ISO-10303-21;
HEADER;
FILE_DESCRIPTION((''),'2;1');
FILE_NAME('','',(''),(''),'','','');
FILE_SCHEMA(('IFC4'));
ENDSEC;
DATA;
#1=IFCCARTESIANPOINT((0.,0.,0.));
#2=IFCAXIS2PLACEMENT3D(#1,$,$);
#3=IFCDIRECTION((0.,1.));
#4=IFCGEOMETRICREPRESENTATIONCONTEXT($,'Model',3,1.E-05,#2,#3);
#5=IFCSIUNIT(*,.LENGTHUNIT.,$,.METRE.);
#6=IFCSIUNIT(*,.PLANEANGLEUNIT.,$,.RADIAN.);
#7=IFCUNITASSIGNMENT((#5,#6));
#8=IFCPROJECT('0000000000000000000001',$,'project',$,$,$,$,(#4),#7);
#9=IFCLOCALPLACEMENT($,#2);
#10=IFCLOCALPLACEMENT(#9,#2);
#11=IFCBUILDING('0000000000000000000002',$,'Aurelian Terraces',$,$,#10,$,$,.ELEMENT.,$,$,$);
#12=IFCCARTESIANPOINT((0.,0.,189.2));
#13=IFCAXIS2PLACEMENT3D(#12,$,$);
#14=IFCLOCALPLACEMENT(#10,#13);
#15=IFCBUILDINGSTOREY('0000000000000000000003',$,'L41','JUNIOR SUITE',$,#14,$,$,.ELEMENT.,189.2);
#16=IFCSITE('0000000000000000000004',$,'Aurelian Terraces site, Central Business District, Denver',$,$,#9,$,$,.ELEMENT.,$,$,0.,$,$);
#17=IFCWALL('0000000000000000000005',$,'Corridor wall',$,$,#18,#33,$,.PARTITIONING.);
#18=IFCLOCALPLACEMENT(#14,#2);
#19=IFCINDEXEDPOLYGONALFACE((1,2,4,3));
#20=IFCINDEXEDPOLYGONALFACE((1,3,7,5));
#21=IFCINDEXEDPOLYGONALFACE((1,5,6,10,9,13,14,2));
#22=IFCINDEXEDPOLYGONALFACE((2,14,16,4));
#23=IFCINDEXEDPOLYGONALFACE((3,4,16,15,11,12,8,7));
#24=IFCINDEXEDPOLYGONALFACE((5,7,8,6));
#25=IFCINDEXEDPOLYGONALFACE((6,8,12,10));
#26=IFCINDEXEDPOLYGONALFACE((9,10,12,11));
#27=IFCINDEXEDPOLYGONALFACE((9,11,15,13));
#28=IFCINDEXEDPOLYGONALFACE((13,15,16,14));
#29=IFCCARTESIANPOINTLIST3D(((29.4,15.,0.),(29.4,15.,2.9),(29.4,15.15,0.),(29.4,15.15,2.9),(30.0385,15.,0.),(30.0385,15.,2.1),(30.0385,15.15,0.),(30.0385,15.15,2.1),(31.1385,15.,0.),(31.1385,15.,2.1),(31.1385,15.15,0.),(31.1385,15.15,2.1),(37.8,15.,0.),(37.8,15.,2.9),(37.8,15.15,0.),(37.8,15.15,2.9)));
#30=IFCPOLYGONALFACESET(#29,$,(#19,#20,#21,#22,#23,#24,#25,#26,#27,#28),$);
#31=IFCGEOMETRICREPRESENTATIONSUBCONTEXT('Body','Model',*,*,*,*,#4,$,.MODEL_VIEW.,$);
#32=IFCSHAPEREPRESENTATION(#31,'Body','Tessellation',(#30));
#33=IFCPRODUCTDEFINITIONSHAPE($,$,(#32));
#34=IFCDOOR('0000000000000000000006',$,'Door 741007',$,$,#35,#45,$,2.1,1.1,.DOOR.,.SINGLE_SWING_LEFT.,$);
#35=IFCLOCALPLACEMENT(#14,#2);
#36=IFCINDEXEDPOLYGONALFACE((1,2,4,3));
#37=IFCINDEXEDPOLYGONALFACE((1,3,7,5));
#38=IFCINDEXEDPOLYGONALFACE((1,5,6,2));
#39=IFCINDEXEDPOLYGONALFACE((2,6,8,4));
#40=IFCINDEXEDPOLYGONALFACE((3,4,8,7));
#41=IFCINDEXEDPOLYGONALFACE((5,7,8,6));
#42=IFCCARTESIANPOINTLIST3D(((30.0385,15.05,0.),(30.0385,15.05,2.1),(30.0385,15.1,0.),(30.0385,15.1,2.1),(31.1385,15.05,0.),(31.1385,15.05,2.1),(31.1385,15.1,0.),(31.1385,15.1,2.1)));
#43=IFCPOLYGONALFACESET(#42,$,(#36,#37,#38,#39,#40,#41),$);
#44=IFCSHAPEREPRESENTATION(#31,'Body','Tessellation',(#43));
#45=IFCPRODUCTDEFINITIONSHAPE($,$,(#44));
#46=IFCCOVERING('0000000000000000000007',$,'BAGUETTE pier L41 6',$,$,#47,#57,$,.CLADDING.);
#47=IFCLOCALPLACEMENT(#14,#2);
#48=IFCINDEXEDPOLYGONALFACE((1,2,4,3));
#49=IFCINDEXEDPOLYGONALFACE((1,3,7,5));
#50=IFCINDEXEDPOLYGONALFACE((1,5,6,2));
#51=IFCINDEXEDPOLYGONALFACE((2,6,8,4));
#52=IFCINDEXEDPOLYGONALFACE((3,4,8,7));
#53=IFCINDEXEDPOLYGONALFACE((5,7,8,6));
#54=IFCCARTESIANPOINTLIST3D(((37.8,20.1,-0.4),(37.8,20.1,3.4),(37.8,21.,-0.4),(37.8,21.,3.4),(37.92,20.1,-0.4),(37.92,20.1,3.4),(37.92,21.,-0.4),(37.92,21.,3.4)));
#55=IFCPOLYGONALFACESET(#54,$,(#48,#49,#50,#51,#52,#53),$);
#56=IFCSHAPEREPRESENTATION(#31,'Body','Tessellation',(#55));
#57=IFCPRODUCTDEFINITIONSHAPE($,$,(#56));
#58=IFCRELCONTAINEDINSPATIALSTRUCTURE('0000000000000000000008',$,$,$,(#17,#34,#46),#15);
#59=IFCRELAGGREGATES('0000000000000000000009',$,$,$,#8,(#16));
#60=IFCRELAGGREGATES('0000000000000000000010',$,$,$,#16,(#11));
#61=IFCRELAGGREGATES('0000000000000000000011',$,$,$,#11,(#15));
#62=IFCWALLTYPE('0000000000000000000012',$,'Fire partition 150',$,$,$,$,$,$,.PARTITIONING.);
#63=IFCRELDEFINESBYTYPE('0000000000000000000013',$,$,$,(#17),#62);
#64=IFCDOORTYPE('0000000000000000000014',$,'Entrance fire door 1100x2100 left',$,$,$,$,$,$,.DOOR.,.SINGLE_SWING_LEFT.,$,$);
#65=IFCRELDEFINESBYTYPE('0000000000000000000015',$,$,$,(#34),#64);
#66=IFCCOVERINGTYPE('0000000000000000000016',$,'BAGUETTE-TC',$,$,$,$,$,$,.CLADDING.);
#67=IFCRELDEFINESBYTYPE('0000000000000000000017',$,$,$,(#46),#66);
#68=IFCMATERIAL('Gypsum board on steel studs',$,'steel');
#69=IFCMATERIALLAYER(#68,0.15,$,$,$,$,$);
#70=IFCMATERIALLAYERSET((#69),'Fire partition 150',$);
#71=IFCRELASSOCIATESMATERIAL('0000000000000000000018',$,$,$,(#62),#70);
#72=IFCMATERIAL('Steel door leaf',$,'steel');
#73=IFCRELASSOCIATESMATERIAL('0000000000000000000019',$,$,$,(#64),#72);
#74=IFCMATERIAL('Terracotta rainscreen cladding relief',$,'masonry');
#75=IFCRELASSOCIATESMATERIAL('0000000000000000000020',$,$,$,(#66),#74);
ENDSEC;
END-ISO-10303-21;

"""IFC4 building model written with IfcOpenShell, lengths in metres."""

from ifc_helpers import new_model, si_unit, direction, frame, frame_2d, origin, origin_2d, place, context, subcontext, project, spatial, rectangle, extrude, source, transform, mapped, material, layer, layer_set, type_object, element, fill, save


model = new_model("IFC4")

# Units and contexts
model_context = context("Model", 3, precision=1e-05, world=origin(), true_north=direction((0.0, 1.0)))
body_context = subcontext(model_context, "Body", "Model", "MODEL_VIEW")
ifc_project = project(units=[si_unit("LENGTHUNIT", "METRE"), si_unit("PLANEANGLEUNIT", "RADIAN")], contexts=[model_context])

# Site, building, storey
site_placement = place(None, origin())
site = spatial("IfcSite", under=ifc_project, at=site_placement, Name="Aurelian Terraces site, Central Business District, Denver", CompositionType="ELEMENT", RefElevation=0.0)
building_placement = place(site_placement, origin())
building = spatial("IfcBuilding", under=site, at=building_placement, Name="Aurelian Terraces", CompositionType="ELEMENT")
storey_placement = place(building_placement, frame((0.0, 0.0, 189.2)))
storey = spatial("IfcBuildingStorey", under=building, at=storey_placement, Name="L41", Description="JUNIOR SUITE", CompositionType="ELEMENT", Elevation=189.2)

# Shared definitions
ifc_material_1 = material(Name="Gypsum board on steel studs", Category="steel")

# Shared definitions
ifc_layer_1 = layer(ifc_material_1, 0.15)
ifc_layer_set_1 = layer_set([ifc_layer_1], Name="Fire partition 150")
wall_type_1 = type_object("IfcWallType", Name="Fire partition 150", PredefinedType="PARTITIONING", material=ifc_layer_set_1)

# Shared definitions
ifc_material_2 = material(Name="Steel door leaf", Category="steel")

# Wall, opening, door
shared_shape_1 = source(origin(), body_context, "Body", "SweptSolid", [
    extrude(rectangle(XDim=8.4, YDim=0.15, at=frame_2d((4.2, 0.0))), origin(), (0.0, 0.0, 1.0), 2.9),
])
wall_1_placement = place(storey_placement, frame((37.8, 15.075, 0.0), z_axis=(0.0, 0.0, 1.0), x_axis=(-1.0, 0.0, 0.0)))
wall_1 = element("IfcWall", 1, at=wall_1_placement, inside=storey, type_object=wall_type_1, Name="Corridor wall", PredefinedType="PARTITIONING", context=body_context, shape_type="MappedRepresentation", body=[
    mapped(shared_shape_1, transform((0.0, 0.0, 0.0), scale=1.0)),
])
shared_shape_2 = source(origin(), body_context, "Body", "SweptSolid", [
    extrude(rectangle(XDim=1.1, YDim=2.1, at=frame_2d((0.55, 1.05))), frame((0.0, 0.085, 0.0), z_axis=(0.0, -1.0, 0.0), x_axis=(1.0, 0.0, 0.0)), (0.0, 0.0, 1.0), 0.17),
])
opening_1_placement = place(wall_1_placement, frame((6.6615, 0.0, 0.0)))
opening_1 = element("IfcOpeningElement", 2, at=opening_1_placement, cuts=wall_1, PredefinedType="OPENING", context=body_context, shape_type="MappedRepresentation", body=[
    mapped(shared_shape_2, transform((0.0, 0.0, 0.0), scale=1.0)),
])
door_type_1 = type_object("IfcDoorType", Name="Entrance fire door 1100x2100 left", OperationType="SINGLE_SWING_LEFT", PredefinedType="DOOR", material=ifc_material_2)
shared_shape_3 = source(origin(), body_context, "Body", "SweptSolid", [
    extrude(rectangle(XDim=1.1, YDim=2.1, at=frame_2d((0.55, 1.05))), frame((0.0, 0.025, 0.0), z_axis=(0.0, -1.0, 0.0), x_axis=(1.0, 0.0, 0.0)), (0.0, 0.0, 1.0), 0.05),
])
door_1_placement = place(opening_1_placement, origin())
door_1 = element("IfcDoor", 3, at=door_1_placement, inside=storey, type_object=door_type_1, Name="Door 741007", OperationType="SINGLE_SWING_LEFT", OverallHeight=2.1, OverallWidth=1.1, PredefinedType="DOOR", context=body_context, shape_type="MappedRepresentation", body=[
    mapped(shared_shape_3, transform((0.0, 0.0, 0.0), scale=1.0)),
])
fill(opening_1, door_1)

# Covering
ifc_material_3 = material(Name="Terracotta rainscreen cladding relief", Category="masonry")
covering_type = type_object("IfcCoveringType", Name="BAGUETTE-TC", PredefinedType="CLADDING", material=ifc_material_3)
shared_shape_4 = source(origin(), body_context, "Body", "SweptSolid", [
    extrude(rectangle(XDim=0.12, YDim=0.9, at=origin_2d()), origin(), (0.0, 0.0, 1.0), 3.8),
])
covering_placement = place(storey_placement, frame((37.86, 20.55, -0.4), z_axis=(0.0, 0.0, 1.0), x_axis=(1.0, 0.0, 0.0)))
element("IfcCovering", 4, at=covering_placement, inside=storey, type_object=covering_type, Name="BAGUETTE pier L41 6", PredefinedType="CLADDING", context=body_context, shape_type="MappedRepresentation", body=[
    mapped(shared_shape_4, transform((0.0, 0.0, 0.0), scale=1.0)),
])

save(model, "model.ifc")
